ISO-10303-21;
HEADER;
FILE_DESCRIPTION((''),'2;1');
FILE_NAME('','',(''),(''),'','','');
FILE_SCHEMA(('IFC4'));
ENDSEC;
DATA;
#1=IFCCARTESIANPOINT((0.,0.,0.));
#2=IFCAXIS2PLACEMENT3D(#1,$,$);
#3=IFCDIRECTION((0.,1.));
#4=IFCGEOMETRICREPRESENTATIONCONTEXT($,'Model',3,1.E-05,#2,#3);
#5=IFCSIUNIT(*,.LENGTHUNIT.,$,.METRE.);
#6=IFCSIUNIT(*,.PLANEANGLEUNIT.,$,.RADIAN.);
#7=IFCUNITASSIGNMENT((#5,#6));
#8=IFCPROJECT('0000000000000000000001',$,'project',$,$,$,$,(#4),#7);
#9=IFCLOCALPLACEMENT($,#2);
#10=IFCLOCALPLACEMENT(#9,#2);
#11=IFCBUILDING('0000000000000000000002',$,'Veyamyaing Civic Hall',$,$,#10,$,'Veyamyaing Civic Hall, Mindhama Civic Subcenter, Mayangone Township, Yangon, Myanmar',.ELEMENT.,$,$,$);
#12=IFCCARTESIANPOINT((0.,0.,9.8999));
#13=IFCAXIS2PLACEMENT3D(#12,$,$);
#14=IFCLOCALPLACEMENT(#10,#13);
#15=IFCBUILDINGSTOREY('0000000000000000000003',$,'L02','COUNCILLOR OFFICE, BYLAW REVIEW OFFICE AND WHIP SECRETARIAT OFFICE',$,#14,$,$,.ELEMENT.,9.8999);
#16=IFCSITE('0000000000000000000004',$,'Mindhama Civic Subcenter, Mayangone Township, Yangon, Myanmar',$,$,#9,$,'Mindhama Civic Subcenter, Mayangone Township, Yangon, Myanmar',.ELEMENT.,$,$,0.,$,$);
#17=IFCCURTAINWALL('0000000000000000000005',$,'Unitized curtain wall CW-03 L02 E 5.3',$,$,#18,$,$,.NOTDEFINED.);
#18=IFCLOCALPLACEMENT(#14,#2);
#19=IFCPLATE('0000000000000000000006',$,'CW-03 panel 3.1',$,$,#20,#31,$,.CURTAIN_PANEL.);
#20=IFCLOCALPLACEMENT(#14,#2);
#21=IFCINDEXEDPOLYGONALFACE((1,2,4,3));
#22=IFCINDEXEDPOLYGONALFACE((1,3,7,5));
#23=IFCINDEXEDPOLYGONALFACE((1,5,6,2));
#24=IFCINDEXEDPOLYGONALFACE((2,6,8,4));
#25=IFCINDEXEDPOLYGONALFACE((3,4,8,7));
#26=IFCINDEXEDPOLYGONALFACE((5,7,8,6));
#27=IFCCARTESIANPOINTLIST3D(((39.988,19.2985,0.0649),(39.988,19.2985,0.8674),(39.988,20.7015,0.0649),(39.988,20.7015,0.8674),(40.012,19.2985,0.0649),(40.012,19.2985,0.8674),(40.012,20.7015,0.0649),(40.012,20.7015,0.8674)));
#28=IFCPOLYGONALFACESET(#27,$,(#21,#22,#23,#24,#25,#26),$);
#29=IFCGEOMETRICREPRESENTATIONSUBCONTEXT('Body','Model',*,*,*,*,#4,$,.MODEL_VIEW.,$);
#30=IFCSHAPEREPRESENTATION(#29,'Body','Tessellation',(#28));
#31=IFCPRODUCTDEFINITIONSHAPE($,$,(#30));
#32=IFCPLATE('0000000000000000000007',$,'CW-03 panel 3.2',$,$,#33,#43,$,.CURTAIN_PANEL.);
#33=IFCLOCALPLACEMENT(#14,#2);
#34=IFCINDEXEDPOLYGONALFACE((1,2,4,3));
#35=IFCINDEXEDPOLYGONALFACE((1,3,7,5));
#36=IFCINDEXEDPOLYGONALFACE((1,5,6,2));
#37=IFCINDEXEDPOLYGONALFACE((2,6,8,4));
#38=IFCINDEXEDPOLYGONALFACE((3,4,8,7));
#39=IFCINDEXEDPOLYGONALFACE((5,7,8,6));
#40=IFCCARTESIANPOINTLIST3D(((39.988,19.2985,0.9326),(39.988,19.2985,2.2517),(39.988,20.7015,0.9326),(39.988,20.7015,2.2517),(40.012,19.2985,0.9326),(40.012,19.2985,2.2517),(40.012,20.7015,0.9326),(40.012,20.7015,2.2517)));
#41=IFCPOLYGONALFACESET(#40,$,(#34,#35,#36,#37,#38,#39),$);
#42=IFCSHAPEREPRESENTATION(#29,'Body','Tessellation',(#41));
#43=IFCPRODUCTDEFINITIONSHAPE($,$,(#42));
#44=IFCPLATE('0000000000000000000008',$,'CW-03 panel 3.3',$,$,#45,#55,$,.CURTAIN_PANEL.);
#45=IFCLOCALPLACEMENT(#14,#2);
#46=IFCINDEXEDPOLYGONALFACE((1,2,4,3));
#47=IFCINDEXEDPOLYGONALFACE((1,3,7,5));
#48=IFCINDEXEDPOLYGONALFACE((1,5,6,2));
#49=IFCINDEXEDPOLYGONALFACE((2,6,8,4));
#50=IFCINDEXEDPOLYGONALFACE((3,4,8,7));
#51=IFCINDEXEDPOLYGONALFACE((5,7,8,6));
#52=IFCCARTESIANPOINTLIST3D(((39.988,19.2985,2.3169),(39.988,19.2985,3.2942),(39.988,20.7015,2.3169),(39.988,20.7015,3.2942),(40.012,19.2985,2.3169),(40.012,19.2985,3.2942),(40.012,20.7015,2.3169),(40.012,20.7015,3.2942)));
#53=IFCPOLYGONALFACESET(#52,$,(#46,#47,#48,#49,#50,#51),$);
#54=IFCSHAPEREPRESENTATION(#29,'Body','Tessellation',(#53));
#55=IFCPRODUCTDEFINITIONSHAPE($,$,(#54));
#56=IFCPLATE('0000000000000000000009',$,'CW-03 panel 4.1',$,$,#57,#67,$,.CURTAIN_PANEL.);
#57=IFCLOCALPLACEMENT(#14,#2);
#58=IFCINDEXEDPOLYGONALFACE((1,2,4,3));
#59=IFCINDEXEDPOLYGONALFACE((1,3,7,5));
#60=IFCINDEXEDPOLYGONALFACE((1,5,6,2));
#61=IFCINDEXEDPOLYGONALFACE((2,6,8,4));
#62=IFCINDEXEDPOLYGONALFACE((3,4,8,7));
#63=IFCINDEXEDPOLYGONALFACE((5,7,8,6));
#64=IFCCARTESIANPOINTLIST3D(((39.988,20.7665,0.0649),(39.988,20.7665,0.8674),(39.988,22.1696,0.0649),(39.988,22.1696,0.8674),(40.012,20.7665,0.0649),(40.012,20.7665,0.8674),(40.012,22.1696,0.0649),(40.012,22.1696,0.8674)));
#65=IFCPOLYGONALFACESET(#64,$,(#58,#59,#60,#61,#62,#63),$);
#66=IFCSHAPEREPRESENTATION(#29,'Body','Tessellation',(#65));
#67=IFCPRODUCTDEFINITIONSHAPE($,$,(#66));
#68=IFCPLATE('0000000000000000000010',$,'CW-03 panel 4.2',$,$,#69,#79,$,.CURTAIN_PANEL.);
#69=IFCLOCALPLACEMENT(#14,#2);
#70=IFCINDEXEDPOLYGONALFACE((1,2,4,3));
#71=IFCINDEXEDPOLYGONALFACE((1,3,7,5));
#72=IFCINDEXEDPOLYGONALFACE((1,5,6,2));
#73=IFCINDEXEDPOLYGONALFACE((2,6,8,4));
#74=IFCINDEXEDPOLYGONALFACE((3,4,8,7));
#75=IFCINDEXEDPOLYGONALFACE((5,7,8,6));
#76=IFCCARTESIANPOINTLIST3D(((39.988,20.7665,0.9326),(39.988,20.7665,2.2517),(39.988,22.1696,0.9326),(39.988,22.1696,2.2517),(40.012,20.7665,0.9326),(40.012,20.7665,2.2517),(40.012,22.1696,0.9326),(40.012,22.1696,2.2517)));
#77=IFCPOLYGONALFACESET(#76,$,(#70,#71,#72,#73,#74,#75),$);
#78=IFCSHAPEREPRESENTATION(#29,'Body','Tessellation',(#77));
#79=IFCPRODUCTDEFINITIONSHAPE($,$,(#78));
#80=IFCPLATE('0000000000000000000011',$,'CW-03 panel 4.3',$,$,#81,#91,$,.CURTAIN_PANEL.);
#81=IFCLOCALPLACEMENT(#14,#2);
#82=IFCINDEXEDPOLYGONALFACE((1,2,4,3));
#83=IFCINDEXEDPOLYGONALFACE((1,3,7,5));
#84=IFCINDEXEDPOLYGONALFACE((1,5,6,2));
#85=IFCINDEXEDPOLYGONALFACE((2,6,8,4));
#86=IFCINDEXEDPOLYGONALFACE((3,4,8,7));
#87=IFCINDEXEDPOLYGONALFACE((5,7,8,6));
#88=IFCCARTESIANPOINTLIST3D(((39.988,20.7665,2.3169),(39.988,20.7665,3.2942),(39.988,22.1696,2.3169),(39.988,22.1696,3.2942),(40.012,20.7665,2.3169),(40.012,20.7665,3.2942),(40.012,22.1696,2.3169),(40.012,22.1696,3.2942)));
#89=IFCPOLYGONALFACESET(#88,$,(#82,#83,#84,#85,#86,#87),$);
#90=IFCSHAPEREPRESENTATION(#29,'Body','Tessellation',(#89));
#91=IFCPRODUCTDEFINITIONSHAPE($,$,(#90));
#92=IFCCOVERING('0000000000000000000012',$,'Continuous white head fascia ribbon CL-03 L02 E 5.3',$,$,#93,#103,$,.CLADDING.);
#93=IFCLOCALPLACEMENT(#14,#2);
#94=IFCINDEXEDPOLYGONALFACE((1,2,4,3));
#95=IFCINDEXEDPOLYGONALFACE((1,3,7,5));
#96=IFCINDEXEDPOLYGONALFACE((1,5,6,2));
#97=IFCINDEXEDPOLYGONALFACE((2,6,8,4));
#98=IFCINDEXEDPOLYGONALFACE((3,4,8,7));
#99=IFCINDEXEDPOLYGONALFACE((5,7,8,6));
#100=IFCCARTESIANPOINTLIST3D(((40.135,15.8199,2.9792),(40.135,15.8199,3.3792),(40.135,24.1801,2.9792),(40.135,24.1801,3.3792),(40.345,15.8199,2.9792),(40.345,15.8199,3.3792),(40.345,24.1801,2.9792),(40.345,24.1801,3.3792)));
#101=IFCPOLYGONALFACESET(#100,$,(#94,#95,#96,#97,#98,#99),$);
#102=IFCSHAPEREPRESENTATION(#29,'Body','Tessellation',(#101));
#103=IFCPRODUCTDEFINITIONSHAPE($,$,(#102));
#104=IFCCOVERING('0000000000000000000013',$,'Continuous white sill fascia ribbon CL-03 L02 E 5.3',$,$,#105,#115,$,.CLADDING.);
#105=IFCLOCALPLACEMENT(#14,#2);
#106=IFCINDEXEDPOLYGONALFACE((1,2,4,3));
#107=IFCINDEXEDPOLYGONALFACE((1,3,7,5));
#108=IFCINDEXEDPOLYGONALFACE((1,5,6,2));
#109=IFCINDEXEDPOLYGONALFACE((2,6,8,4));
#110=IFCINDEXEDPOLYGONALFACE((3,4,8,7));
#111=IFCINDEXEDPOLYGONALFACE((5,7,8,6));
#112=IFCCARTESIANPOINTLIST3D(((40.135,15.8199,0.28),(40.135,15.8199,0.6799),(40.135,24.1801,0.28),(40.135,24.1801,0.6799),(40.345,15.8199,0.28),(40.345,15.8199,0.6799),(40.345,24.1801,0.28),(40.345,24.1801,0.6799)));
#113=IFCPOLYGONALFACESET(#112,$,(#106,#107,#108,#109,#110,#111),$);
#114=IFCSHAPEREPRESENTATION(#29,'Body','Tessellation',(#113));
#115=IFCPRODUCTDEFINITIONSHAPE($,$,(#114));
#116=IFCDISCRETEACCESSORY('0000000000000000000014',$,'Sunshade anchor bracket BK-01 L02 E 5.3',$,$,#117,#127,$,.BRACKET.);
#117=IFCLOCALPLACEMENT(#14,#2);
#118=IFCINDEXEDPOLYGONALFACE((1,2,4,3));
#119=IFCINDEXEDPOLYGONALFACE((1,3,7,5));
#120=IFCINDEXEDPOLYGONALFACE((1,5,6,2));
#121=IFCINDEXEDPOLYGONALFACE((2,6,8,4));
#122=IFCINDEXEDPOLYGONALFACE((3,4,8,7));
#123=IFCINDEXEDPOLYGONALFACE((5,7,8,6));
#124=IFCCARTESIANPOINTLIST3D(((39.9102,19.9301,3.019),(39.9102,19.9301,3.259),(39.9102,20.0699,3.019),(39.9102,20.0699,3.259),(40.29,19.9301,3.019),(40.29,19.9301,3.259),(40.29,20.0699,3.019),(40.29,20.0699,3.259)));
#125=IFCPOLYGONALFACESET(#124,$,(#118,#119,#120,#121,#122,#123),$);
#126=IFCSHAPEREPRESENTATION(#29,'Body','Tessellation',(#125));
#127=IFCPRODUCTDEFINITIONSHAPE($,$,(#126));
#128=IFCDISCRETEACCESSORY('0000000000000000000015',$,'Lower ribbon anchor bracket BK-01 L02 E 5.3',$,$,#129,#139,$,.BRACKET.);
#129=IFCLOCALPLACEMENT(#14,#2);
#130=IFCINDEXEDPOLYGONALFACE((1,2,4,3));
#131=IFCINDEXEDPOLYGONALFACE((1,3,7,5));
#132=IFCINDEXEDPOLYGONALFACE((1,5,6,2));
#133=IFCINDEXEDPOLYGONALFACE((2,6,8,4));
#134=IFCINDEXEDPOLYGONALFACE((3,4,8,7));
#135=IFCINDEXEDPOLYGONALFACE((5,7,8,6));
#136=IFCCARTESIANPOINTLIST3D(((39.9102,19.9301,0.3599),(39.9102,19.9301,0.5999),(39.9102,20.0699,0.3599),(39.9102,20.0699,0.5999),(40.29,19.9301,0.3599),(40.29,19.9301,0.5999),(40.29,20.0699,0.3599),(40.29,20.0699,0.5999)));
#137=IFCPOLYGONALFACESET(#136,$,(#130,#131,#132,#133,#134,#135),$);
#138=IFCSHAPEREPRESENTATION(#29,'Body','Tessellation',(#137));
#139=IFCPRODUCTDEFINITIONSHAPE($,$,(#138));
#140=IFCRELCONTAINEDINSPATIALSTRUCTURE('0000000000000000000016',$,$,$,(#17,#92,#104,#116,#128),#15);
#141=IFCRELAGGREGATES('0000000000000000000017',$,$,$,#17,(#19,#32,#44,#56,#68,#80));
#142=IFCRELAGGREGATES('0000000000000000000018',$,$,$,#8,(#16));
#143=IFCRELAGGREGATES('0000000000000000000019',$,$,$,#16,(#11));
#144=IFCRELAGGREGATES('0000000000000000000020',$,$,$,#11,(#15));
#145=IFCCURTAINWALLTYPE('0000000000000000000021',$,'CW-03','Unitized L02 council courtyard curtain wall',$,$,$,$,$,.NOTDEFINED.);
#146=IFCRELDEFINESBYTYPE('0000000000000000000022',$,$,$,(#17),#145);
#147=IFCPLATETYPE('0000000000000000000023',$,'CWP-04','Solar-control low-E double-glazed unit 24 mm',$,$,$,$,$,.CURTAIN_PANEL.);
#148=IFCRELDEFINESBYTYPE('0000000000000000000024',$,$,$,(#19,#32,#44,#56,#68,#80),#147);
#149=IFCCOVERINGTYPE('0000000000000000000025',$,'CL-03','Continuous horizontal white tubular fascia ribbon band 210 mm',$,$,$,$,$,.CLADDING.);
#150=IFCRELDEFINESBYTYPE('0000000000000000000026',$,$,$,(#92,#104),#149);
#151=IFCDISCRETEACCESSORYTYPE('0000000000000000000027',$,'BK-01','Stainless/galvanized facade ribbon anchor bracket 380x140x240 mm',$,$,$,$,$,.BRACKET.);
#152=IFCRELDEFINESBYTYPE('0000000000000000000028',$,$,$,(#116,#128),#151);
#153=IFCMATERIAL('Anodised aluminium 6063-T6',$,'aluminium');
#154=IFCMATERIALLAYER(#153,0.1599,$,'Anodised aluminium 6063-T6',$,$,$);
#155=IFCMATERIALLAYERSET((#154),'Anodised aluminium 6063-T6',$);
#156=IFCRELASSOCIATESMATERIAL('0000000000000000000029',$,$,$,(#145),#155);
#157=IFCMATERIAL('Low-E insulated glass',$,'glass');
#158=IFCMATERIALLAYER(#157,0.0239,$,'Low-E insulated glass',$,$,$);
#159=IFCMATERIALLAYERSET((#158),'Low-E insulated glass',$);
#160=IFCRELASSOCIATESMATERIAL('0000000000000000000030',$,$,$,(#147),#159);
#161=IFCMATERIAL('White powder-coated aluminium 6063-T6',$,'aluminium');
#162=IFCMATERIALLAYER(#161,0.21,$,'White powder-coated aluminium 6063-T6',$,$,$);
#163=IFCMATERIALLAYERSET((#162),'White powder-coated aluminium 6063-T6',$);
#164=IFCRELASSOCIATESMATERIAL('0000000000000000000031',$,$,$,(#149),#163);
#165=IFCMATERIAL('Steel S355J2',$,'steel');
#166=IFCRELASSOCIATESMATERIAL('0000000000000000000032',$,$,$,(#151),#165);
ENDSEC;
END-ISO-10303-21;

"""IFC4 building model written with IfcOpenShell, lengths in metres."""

from ifc_helpers import new_model, si_unit, direction, frame, origin, origin_2d, place, context, subcontext, project, spatial, rectangle, extrude, material, layer, layer_set, type_object, element, aggregate, save


model = new_model("IFC4")

# Units and contexts
model_context = context("Model", 3, precision=1e-05, world=origin(), true_north=direction((0.0, 1.0)))
body_context = subcontext(model_context, "Body", "Model", "MODEL_VIEW")
ifc_project = project(units=[si_unit("LENGTHUNIT", "METRE"), si_unit("PLANEANGLEUNIT", "RADIAN")], contexts=[model_context])

# Site, building, storey
site_placement = place(None, origin())
site = spatial("IfcSite", under=ifc_project, at=site_placement, Name="Mindhama Civic Subcenter, Mayangone Township, Yangon, Myanmar", LongName="Mindhama Civic Subcenter, Mayangone Township, Yangon, Myanmar", CompositionType="ELEMENT", RefElevation=0.0)
building_placement = place(site_placement, origin())
building = spatial("IfcBuilding", under=site, at=building_placement, Name="Veyamyaing Civic Hall", LongName="Veyamyaing Civic Hall, Mindhama Civic Subcenter, Mayangone Township, Yangon, Myanmar", CompositionType="ELEMENT")
storey_placement = place(building_placement, frame((0.0, 0.0, 9.8999)))
storey = spatial("IfcBuildingStorey", under=building, at=storey_placement, Name="L02", Description="COUNCILLOR OFFICE, BYLAW REVIEW OFFICE AND WHIP SECRETARIAT OFFICE", CompositionType="ELEMENT", Elevation=9.8999)

# Curtain wall
ifc_material_1 = material(Name="Anodised aluminium 6063-T6", Category="aluminium")
ifc_layer_1 = layer(ifc_material_1, 0.1599, Name="Anodised aluminium 6063-T6")
ifc_layer_set_1 = layer_set([ifc_layer_1], Name="Anodised aluminium 6063-T6")
curtain_wall_type = type_object("IfcCurtainWallType", Name="CW-03", Description="Unitized L02 council courtyard curtain wall", PredefinedType="NOTDEFINED", material=ifc_layer_set_1)
curtain_wall_placement = place(storey_placement, origin())
curtain_wall = element("IfcCurtainWall", 1, at=curtain_wall_placement, inside=storey, type_object=curtain_wall_type, Name="Unitized curtain wall CW-03 L02 E 5.3", PredefinedType="NOTDEFINED")

# Plates
ifc_material_2 = material(Name="Low-E insulated glass", Category="glass")
ifc_layer_2 = layer(ifc_material_2, 0.0239, Name="Low-E insulated glass")
ifc_layer_set_2 = layer_set([ifc_layer_2], Name="Low-E insulated glass")
plate_type = type_object("IfcPlateType", Name="CWP-04", Description="Solar-control low-E double-glazed unit 24 mm", PredefinedType="CURTAIN_PANEL", material=ifc_layer_set_2)
plate_1_placement = place(storey_placement, frame((40.0, 20.0, 0.0649), z_axis=(0.0, 0.0, 1.0), x_axis=(0.0, 1.0, 0.0)))
plate_1 = element("IfcPlate", 2, at=plate_1_placement, type_object=plate_type, Name="CW-03 panel 3.1", PredefinedType="CURTAIN_PANEL", context=body_context, shape_type="SweptSolid", body=[
    extrude(rectangle(XDim=1.4031, YDim=0.0239, at=origin_2d()), origin(), (0.0, 0.0, 1.0), 0.8025),
])
plate_2_placement = place(storey_placement, frame((40.0, 20.0, 0.9326), z_axis=(0.0, 0.0, 1.0), x_axis=(0.0, 1.0, 0.0)))
plate_2 = element("IfcPlate", 3, at=plate_2_placement, type_object=plate_type, Name="CW-03 panel 3.2", PredefinedType="CURTAIN_PANEL", context=body_context, shape_type="SweptSolid", body=[
    extrude(rectangle(XDim=1.4031, YDim=0.0239, at=origin_2d()), origin(), (0.0, 0.0, 1.0), 1.3191),
])
plate_3_placement = place(storey_placement, frame((40.0, 20.0, 2.3169), z_axis=(0.0, 0.0, 1.0), x_axis=(0.0, 1.0, 0.0)))
plate_3 = element("IfcPlate", 4, at=plate_3_placement, type_object=plate_type, Name="CW-03 panel 3.3", PredefinedType="CURTAIN_PANEL", context=body_context, shape_type="SweptSolid", body=[
    extrude(rectangle(XDim=1.4031, YDim=0.0239, at=origin_2d()), origin(), (0.0, 0.0, 1.0), 0.9773),
])
plate_4_placement = place(storey_placement, frame((40.0, 21.468, 0.0649), z_axis=(0.0, 0.0, 1.0), x_axis=(0.0, 1.0, 0.0)))
plate_4 = element("IfcPlate", 5, at=plate_4_placement, type_object=plate_type, Name="CW-03 panel 4.1", PredefinedType="CURTAIN_PANEL", context=body_context, shape_type="SweptSolid", body=[
    extrude(rectangle(XDim=1.4031, YDim=0.0239, at=origin_2d()), origin(), (0.0, 0.0, 1.0), 0.8025),
])
plate_5_placement = place(storey_placement, frame((40.0, 21.468, 0.9326), z_axis=(0.0, 0.0, 1.0), x_axis=(0.0, 1.0, 0.0)))
plate_5 = element("IfcPlate", 6, at=plate_5_placement, type_object=plate_type, Name="CW-03 panel 4.2", PredefinedType="CURTAIN_PANEL", context=body_context, shape_type="SweptSolid", body=[
    extrude(rectangle(XDim=1.4031, YDim=0.0239, at=origin_2d()), origin(), (0.0, 0.0, 1.0), 1.3191),
])
plate_6_placement = place(storey_placement, frame((40.0, 21.468, 2.3169), z_axis=(0.0, 0.0, 1.0), x_axis=(0.0, 1.0, 0.0)))
plate_6 = element("IfcPlate", 7, at=plate_6_placement, type_object=plate_type, Name="CW-03 panel 4.3", PredefinedType="CURTAIN_PANEL", context=body_context, shape_type="SweptSolid", body=[
    extrude(rectangle(XDim=1.4031, YDim=0.0239, at=origin_2d()), origin(), (0.0, 0.0, 1.0), 0.9773),
])
aggregate(curtain_wall, [plate_1, plate_2, plate_3, plate_4, plate_5, plate_6])

# Coverings
ifc_material_3 = material(Name="White powder-coated aluminium 6063-T6", Category="aluminium")
ifc_layer_3 = layer(ifc_material_3, 0.21, Name="White powder-coated aluminium 6063-T6")
ifc_layer_set_3 = layer_set([ifc_layer_3], Name="White powder-coated aluminium 6063-T6")
covering_type = type_object("IfcCoveringType", Name="CL-03", Description="Continuous horizontal white tubular fascia ribbon band 210 mm", PredefinedType="CLADDING", material=ifc_layer_set_3)
for number, where, z_axis, x_axis, name in (
    (8, (40.24, 20.0, 2.9792), (0.0, 0.0, 1.0), (0.0, 1.0, 0.0), "Continuous white head fascia ribbon CL-03 L02 E 5.3"),
    (9, (40.24, 20.0, 0.28), (0.0, 0.0, 1.0), (0.0, 1.0, 0.0), "Continuous white sill fascia ribbon CL-03 L02 E 5.3"),
):
    element("IfcCovering", number, at=place(storey_placement, frame(where, z_axis=z_axis, x_axis=x_axis)), inside=storey, type_object=covering_type, Name=name, PredefinedType="CLADDING", context=body_context, shape_type="SweptSolid", body=[
        extrude(rectangle(XDim=8.3601, YDim=0.21, at=origin_2d()), origin(), (0.0, 0.0, 1.0), 0.3999),
    ])

# Discrete accessories
ifc_material_4 = material(Name="Steel S355J2", Category="steel")
discrete_accessory_type = type_object("IfcDiscreteAccessoryType", Name="BK-01", Description="Stainless/galvanized facade ribbon anchor bracket 380x140x240 mm", PredefinedType="BRACKET", material=ifc_material_4)
for number, where, z_axis, x_axis, name in (
    (10, (40.1001, 20.0, 3.019), (0.0, 0.0, 1.0), (1.0, 0.0, 0.0), "Sunshade anchor bracket BK-01 L02 E 5.3"),
    (11, (40.1001, 20.0, 0.3599), (0.0, 0.0, 1.0), (1.0, 0.0, 0.0), "Lower ribbon anchor bracket BK-01 L02 E 5.3"),
):
    element("IfcDiscreteAccessory", number, at=place(storey_placement, frame(where, z_axis=z_axis, x_axis=x_axis)), inside=storey, type_object=discrete_accessory_type, Name=name, PredefinedType="BRACKET", context=body_context, shape_type="SweptSolid", body=[
        extrude(rectangle(XDim=0.3799, YDim=0.1399, at=origin_2d()), origin(), (0.0, 0.0, 1.0), 0.24),
    ])

save(model, "model.ifc")
